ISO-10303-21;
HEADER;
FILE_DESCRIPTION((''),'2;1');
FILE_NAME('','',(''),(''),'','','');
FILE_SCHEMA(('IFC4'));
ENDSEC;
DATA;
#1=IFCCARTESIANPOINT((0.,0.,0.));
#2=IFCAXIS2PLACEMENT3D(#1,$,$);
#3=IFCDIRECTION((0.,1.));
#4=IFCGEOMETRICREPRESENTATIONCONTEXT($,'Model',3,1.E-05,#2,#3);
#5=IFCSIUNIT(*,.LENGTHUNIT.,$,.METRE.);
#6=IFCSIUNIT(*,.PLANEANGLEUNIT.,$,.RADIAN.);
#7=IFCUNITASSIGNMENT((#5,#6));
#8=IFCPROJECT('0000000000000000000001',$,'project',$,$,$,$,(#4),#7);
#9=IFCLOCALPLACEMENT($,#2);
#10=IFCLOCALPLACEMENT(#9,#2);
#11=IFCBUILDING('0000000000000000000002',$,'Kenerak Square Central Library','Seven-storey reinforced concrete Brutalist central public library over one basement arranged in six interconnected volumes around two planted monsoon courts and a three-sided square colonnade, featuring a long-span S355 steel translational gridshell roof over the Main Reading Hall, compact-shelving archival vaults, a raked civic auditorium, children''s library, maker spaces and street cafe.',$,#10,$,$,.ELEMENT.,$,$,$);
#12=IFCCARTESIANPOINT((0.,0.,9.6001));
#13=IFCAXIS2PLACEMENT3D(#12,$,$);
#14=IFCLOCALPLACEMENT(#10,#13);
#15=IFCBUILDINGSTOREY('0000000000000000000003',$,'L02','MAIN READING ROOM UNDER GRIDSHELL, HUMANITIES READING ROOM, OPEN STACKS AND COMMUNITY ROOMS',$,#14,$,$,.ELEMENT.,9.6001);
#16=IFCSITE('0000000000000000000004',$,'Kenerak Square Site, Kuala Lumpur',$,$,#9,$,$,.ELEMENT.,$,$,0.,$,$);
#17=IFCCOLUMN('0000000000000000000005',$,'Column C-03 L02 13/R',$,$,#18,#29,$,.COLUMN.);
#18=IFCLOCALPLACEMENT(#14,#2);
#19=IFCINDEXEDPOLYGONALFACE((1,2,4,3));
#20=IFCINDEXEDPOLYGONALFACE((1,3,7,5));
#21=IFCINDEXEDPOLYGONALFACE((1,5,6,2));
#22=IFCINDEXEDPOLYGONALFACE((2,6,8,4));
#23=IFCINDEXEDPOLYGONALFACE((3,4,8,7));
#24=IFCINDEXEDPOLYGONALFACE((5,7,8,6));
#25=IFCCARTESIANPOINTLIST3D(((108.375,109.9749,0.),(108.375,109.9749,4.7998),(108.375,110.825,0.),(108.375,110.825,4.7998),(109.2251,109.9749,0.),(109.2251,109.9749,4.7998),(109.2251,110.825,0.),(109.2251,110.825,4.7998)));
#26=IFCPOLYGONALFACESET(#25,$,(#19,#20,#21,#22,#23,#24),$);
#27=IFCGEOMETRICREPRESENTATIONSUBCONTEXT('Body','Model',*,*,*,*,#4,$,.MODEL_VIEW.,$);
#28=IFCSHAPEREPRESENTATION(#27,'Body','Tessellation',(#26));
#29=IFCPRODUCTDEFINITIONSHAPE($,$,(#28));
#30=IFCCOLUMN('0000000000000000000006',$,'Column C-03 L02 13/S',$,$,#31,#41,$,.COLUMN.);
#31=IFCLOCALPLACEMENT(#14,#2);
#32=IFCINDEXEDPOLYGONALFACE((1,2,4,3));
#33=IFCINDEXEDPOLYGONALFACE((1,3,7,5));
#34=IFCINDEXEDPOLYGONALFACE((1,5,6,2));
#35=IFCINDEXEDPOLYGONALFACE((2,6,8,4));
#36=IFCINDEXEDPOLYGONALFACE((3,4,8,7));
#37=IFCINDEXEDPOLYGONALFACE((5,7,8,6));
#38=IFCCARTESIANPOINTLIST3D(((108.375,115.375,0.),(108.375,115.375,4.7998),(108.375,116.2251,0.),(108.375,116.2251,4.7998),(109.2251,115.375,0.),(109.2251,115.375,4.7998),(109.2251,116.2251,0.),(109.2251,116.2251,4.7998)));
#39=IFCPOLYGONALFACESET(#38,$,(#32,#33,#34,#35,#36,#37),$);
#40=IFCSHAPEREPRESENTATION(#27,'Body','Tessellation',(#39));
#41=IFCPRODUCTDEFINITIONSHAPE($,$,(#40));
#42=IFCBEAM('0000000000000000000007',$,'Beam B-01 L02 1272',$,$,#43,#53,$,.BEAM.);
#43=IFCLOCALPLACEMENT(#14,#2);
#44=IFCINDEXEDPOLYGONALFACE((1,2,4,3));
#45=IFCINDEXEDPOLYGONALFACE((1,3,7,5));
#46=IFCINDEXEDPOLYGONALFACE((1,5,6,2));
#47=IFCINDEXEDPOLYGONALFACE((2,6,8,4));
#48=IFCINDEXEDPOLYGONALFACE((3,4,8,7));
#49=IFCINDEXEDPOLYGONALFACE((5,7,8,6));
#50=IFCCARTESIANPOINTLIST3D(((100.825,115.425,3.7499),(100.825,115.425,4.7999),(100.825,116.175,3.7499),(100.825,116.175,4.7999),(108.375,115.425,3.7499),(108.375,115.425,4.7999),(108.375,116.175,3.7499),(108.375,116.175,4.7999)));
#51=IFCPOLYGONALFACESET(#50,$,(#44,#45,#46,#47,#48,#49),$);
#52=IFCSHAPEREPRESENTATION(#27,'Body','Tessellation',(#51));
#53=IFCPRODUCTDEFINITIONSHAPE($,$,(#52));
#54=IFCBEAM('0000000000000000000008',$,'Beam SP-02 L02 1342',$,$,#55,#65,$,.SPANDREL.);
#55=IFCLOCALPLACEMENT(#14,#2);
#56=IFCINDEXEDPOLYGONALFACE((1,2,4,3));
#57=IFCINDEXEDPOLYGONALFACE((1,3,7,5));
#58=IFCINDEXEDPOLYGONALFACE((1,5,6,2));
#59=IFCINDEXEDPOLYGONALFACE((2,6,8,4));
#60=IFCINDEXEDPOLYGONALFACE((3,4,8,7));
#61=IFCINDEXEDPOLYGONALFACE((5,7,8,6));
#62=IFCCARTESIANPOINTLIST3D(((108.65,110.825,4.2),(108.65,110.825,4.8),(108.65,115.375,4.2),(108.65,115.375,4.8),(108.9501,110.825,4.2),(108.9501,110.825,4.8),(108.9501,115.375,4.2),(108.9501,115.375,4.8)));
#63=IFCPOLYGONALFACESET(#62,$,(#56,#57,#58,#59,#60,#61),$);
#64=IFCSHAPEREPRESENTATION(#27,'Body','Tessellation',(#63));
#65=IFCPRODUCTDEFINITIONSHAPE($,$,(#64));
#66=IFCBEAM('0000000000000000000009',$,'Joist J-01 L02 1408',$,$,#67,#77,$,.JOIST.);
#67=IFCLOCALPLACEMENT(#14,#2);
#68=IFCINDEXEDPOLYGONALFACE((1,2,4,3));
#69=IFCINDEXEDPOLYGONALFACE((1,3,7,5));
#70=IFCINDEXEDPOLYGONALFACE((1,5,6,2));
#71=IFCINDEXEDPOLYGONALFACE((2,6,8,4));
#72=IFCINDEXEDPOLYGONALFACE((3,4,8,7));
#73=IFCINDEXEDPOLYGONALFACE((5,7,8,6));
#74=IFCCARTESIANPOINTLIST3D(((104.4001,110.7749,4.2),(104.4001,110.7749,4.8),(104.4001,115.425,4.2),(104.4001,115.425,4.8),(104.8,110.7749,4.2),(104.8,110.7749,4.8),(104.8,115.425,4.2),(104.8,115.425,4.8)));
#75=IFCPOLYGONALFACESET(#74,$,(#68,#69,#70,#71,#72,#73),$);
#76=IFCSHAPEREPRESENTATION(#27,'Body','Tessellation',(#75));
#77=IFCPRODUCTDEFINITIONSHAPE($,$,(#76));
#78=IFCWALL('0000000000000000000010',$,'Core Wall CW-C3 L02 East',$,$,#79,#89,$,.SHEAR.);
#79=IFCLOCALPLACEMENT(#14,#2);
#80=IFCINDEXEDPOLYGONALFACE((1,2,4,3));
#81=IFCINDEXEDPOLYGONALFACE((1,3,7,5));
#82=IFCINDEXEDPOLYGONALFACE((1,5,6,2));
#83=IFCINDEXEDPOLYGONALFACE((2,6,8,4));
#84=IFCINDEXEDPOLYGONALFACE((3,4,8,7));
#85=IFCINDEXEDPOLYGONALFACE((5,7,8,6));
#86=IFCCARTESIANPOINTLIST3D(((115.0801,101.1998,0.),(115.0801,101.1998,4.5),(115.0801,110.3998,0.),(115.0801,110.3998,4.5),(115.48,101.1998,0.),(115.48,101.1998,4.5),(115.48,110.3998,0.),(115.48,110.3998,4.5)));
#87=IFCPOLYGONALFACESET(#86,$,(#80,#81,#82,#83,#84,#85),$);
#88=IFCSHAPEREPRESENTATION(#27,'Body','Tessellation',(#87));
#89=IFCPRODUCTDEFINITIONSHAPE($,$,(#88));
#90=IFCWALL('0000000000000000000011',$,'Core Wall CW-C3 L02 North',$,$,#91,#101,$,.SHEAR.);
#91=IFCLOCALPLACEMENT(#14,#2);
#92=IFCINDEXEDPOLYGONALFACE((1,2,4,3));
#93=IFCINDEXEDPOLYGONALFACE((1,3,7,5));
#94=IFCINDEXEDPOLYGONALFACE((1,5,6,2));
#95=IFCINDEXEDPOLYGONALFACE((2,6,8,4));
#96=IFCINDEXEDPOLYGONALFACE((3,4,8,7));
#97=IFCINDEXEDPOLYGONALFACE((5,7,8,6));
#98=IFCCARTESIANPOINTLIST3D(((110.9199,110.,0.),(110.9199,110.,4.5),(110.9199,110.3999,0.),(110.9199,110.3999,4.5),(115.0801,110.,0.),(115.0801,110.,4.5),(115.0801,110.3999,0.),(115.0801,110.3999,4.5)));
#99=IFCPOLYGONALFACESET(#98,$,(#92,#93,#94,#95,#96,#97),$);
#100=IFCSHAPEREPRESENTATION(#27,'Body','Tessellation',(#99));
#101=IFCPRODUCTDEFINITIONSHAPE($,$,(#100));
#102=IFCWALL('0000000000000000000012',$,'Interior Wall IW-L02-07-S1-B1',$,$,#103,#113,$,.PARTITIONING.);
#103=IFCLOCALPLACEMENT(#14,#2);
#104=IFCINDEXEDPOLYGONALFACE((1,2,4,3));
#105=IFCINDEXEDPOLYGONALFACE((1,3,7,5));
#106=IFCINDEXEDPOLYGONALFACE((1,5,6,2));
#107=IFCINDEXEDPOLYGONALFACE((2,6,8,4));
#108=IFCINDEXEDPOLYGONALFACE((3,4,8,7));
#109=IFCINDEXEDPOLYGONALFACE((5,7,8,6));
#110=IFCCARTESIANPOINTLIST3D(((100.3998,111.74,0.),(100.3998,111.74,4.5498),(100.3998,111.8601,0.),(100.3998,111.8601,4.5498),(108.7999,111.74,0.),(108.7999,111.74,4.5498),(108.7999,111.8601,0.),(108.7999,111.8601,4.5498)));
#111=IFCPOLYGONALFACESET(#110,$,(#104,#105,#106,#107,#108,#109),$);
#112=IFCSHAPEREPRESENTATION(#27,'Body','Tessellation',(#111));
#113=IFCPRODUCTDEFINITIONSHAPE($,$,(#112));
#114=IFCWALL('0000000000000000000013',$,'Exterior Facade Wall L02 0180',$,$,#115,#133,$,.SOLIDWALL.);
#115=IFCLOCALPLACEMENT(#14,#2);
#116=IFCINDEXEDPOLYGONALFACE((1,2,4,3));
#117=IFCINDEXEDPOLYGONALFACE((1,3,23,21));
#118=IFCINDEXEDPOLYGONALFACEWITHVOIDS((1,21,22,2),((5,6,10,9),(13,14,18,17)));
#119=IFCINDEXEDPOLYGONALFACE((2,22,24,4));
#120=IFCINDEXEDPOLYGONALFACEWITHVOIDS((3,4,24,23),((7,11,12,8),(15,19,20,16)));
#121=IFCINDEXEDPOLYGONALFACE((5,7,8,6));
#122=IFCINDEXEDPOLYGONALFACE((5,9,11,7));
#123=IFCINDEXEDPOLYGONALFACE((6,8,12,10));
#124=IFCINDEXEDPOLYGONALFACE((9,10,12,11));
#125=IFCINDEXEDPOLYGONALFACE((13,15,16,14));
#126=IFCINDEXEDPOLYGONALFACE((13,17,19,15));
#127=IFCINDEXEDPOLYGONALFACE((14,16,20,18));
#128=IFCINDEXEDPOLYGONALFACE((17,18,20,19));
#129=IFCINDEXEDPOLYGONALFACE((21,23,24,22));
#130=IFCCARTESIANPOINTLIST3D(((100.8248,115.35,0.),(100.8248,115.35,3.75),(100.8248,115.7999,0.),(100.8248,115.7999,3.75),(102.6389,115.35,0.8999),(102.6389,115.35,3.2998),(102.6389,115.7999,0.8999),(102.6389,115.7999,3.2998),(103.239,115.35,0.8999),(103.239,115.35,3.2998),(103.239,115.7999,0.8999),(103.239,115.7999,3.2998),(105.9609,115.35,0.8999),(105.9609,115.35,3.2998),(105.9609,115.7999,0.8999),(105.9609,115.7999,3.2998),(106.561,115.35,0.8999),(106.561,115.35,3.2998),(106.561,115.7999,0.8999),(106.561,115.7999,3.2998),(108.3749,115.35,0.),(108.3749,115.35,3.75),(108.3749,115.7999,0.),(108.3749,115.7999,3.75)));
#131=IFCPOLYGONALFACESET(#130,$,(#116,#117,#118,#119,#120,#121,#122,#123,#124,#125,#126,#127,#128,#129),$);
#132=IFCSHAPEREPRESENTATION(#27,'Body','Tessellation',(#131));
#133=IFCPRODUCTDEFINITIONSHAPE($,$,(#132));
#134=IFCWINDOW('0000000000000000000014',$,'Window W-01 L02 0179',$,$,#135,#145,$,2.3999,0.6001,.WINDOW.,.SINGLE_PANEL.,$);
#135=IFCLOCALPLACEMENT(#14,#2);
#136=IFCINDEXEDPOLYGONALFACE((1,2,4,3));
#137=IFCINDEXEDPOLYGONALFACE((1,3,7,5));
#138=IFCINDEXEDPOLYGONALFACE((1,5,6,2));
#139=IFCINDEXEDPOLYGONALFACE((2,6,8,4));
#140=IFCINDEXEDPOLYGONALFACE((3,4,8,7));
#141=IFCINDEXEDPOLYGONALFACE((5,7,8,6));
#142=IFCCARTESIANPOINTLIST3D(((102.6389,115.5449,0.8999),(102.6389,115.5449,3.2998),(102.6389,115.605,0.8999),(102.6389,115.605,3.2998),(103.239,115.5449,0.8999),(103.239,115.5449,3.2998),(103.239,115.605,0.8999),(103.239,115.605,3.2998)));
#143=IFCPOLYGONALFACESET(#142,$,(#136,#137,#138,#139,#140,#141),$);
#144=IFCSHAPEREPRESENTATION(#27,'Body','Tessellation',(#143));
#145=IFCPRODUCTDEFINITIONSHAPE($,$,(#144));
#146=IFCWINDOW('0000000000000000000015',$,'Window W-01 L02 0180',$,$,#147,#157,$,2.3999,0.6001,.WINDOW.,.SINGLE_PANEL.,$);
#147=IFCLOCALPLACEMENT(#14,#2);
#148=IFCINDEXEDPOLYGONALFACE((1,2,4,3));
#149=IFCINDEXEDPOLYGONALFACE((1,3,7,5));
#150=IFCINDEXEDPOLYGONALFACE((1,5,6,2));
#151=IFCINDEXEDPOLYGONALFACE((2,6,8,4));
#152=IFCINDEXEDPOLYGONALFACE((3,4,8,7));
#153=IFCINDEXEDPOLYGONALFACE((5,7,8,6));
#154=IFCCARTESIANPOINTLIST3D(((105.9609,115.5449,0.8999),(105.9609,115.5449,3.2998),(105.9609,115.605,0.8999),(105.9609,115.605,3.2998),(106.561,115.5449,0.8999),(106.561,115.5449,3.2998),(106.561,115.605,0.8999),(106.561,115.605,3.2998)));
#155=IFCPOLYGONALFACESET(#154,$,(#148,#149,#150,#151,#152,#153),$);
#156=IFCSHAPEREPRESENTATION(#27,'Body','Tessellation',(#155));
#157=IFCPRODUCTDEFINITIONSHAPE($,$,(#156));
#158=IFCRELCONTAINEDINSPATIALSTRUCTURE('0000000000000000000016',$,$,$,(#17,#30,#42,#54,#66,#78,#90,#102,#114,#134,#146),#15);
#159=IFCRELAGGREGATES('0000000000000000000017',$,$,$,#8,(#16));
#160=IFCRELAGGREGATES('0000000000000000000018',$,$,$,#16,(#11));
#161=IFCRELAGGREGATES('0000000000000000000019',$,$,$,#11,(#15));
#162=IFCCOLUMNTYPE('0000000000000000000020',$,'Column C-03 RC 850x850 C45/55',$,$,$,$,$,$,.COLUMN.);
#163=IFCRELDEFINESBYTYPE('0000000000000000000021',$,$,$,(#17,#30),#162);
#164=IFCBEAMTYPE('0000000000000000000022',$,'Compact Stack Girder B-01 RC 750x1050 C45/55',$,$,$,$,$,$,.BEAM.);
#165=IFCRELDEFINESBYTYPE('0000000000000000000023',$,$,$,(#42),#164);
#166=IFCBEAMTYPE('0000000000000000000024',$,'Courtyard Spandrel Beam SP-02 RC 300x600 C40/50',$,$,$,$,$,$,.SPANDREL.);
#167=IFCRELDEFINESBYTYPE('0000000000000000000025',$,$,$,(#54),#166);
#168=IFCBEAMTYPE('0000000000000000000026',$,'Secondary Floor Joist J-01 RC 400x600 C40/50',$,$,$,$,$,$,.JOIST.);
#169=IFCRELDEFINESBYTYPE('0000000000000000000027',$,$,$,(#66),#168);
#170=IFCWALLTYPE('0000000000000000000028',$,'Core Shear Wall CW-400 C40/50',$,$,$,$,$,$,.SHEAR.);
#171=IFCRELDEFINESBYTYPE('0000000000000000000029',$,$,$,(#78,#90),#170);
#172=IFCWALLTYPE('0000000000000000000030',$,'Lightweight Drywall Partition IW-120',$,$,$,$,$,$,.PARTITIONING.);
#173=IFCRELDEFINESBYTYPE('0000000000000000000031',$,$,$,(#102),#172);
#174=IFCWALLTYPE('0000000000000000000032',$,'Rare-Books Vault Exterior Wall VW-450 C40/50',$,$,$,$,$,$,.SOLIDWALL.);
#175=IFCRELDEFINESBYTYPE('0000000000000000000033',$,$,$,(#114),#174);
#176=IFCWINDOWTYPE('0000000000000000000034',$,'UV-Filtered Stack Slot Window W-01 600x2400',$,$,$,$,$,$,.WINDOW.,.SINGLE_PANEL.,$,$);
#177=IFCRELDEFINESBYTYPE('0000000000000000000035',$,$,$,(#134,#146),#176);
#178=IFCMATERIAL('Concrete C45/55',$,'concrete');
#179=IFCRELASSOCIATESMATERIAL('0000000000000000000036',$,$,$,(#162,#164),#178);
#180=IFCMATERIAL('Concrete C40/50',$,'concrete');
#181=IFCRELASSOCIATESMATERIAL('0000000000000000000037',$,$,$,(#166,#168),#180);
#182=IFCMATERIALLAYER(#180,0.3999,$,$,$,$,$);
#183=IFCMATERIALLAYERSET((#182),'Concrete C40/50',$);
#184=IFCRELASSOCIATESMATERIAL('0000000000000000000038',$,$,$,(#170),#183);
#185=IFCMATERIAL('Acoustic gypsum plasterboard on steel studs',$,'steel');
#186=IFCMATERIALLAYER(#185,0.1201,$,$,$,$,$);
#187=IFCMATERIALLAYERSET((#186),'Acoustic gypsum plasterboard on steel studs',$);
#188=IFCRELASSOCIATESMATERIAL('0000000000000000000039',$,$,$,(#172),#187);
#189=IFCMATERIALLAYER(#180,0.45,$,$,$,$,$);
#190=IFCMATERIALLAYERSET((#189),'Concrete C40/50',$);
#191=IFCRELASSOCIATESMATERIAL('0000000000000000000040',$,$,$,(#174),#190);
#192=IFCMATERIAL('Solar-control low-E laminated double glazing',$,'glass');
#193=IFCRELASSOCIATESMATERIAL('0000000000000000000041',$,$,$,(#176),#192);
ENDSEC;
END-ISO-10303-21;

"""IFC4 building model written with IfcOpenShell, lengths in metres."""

from ifc_helpers import new_model, si_unit, direction, frame, frame_2d, origin, origin_2d, place, context, subcontext, project, spatial, rectangle, extrude, material, layer, layer_set, material_profile, profile_set, type_object, element, fill, save


model = new_model("IFC4")

# Units and contexts
model_context = context("Model", 3, precision=1e-05, world=origin(), true_north=direction((0.0, 1.0)))
body_context = subcontext(model_context, "Body", "Model", "MODEL_VIEW")
ifc_project = project(units=[si_unit("LENGTHUNIT", "METRE"), si_unit("PLANEANGLEUNIT", "RADIAN")], contexts=[model_context])

# Site, building, storey
site_placement = place(None, origin())
site = spatial("IfcSite", under=ifc_project, at=site_placement, Name="Kenerak Square Site, Kuala Lumpur", CompositionType="ELEMENT", RefElevation=0.0)
building_placement = place(site_placement, origin())
building = spatial("IfcBuilding", under=site, at=building_placement, Name="Kenerak Square Central Library", Description="Seven-storey reinforced concrete Brutalist central public library over one basement arranged in six interconnected volumes around two planted monsoon courts and a three-sided square colonnade, featuring a long-span S355 steel translational gridshell roof over the Main Reading Hall, compact-shelving archival vaults, a raked civic auditorium, children's library, maker spaces and street cafe.", CompositionType="ELEMENT")
storey_placement = place(building_placement, frame((0.0, 0.0, 9.6001)))
storey = spatial("IfcBuildingStorey", under=building, at=storey_placement, Name="L02", Description="MAIN READING ROOM UNDER GRIDSHELL, HUMANITIES READING ROOM, OPEN STACKS AND COMMUNITY ROOMS", CompositionType="ELEMENT", Elevation=9.6001)

# Columns
ifc_material_1 = material(Name="Concrete C45/55", Category="concrete")
ifc_material_profile_1 = material_profile(ifc_material_1, rectangle(XDim=0.8501, YDim=0.8501, at=origin_2d()), Name="RC 850x850")
ifc_profile_set_1 = profile_set([ifc_material_profile_1], Name="Concrete C45/55")
column_type = type_object("IfcColumnType", Name="Column C-03 RC 850x850 C45/55", PredefinedType="COLUMN", material=ifc_profile_set_1)
for number, where, z_axis, x_axis, name in (
    (1, (108.8, 110.3999, 0.0), (0.0, 0.0, 1.0), (1.0, 0.0, 0.0), "Column C-03 L02 13/R"),
    (2, (108.8, 115.8, 0.0), (0.0, 0.0, 1.0), (1.0, 0.0, 0.0), "Column C-03 L02 13/S"),
):
    element("IfcColumn", number, at=place(storey_placement, frame(where, z_axis=z_axis, x_axis=x_axis)), inside=storey, type_object=column_type, Name=name, PredefinedType="COLUMN", context=body_context, shape_type="SweptSolid", body=[
        extrude(rectangle(XDim=0.8501, YDim=0.8501, at=origin_2d()), origin(), (0.0, 0.0, 1.0), 4.7998),
    ])

# Beams
ifc_material_profile_2 = material_profile(ifc_material_1, rectangle(XDim=0.75, YDim=1.05, at=origin_2d()), Name="RC 750x1050")
ifc_profile_set_2 = profile_set([ifc_material_profile_2], Name="Concrete C45/55")
beam_type_1 = type_object("IfcBeamType", Name="Compact Stack Girder B-01 RC 750x1050 C45/55", PredefinedType="BEAM", material=ifc_profile_set_2)
beam_1_placement = place(storey_placement, frame((100.825, 115.8, 4.2749), z_axis=(1.0, 0.0, 0.0), x_axis=(0.0, 1.0, 0.0)))
element("IfcBeam", 3, at=beam_1_placement, inside=storey, type_object=beam_type_1, Name="Beam B-01 L02 1272", PredefinedType="BEAM", context=body_context, shape_type="SweptSolid", body=[
    extrude(rectangle(XDim=0.75, YDim=1.05, at=origin_2d()), origin(), (0.0, 0.0, 1.0), 7.55),
])
ifc_material_2 = material(Name="Concrete C40/50", Category="concrete")
ifc_material_profile_3 = material_profile(ifc_material_2, rectangle(XDim=0.3, YDim=0.6001, at=origin_2d()), Name="RC 300x600")
ifc_profile_set_3 = profile_set([ifc_material_profile_3], Name="Concrete C40/50")
beam_type_2 = type_object("IfcBeamType", Name="Courtyard Spandrel Beam SP-02 RC 300x600 C40/50", PredefinedType="SPANDREL", material=ifc_profile_set_3)
beam_2_placement = place(storey_placement, frame((108.8, 110.825, 4.5), z_axis=(0.0, 1.0, 0.0), x_axis=(-1.0, 0.0, 0.0)))
element("IfcBeam", 4, at=beam_2_placement, inside=storey, type_object=beam_type_2, Name="Beam SP-02 L02 1342", PredefinedType="SPANDREL", context=body_context, shape_type="SweptSolid", body=[
    extrude(rectangle(XDim=0.3, YDim=0.6001, at=origin_2d()), origin(), (0.0, 0.0, 1.0), 4.55),
])
ifc_material_profile_4 = material_profile(ifc_material_2, rectangle(XDim=0.3999, YDim=0.6001, at=origin_2d()), Name="RC 400x600")
ifc_profile_set_4 = profile_set([ifc_material_profile_4], Name="Concrete C40/50")
beam_type_3 = type_object("IfcBeamType", Name="Secondary Floor Joist J-01 RC 400x600 C40/50", PredefinedType="JOIST", material=ifc_profile_set_4)
beam_3_placement = place(storey_placement, frame((104.6001, 110.7749, 4.5), z_axis=(0.0, 1.0, 0.0), x_axis=(-1.0, 0.0, 0.0)))
element("IfcBeam", 5, at=beam_3_placement, inside=storey, type_object=beam_type_3, Name="Joist J-01 L02 1408", PredefinedType="JOIST", context=body_context, shape_type="SweptSolid", body=[
    extrude(rectangle(XDim=0.3999, YDim=0.6001, at=origin_2d()), origin(), (0.0, 0.0, 1.0), 4.6501),
])

# Walls
ifc_layer_1 = layer(ifc_material_2, 0.3999)
ifc_layer_set_1 = layer_set([ifc_layer_1], Name="Concrete C40/50")
wall_type_1 = type_object("IfcWallType", Name="Core Shear Wall CW-400 C40/50", PredefinedType="SHEAR", material=ifc_layer_set_1)
wall_1_placement = place(storey_placement, frame((115.28, 110.3999, 0.0), z_axis=(0.0, 0.0, 1.0), x_axis=(0.0, -1.0, 0.0)))
element("IfcWall", 6, at=wall_1_placement, inside=storey, type_object=wall_type_1, Name="Core Wall CW-C3 L02 East", PredefinedType="SHEAR", context=body_context, shape_type="SweptSolid", body=[
    extrude(rectangle(XDim=9.2, YDim=0.3999, at=frame_2d((4.6001, 0.0))), origin(), (0.0, 0.0, 1.0), 4.5),
])
wall_2_placement = place(storey_placement, frame((110.9199, 110.2, 0.0), z_axis=(0.0, 0.0, 1.0), x_axis=(1.0, 0.0, 0.0)))
element("IfcWall", 7, at=wall_2_placement, inside=storey, type_object=wall_type_1, Name="Core Wall CW-C3 L02 North", PredefinedType="SHEAR", context=body_context, shape_type="SweptSolid", body=[
    extrude(rectangle(XDim=4.1602, YDim=0.3999, at=frame_2d((2.0801, 0.0))), origin(), (0.0, 0.0, 1.0), 4.5),
])
ifc_material_3 = material(Name="Acoustic gypsum plasterboard on steel studs", Category="steel")
ifc_layer_2 = layer(ifc_material_3, 0.1201)
ifc_layer_set_2 = layer_set([ifc_layer_2], Name="Acoustic gypsum plasterboard on steel studs")
wall_type_2 = type_object("IfcWallType", Name="Lightweight Drywall Partition IW-120", PredefinedType="PARTITIONING", material=ifc_layer_set_2)
wall_3_placement = place(storey_placement, frame((108.8, 111.8, 0.0), z_axis=(0.0, 0.0, 1.0), x_axis=(-1.0, 0.0, 0.0)))
element("IfcWall", 8, at=wall_3_placement, inside=storey, type_object=wall_type_2, Name="Interior Wall IW-L02-07-S1-B1", PredefinedType="PARTITIONING", context=body_context, shape_type="SweptSolid", body=[
    extrude(rectangle(XDim=8.4001, YDim=0.1201, at=frame_2d((4.2002, 0.0))), origin(), (0.0, 0.0, 1.0), 4.5498),
])

# Wall, openings, windows
ifc_layer_3 = layer(ifc_material_2, 0.45)
ifc_layer_set_3 = layer_set([ifc_layer_3], Name="Concrete C40/50")
wall_type_3 = type_object("IfcWallType", Name="Rare-Books Vault Exterior Wall VW-450 C40/50", PredefinedType="SOLIDWALL", material=ifc_layer_set_3)
wall_4_placement = place(storey_placement, frame((100.825, 115.575, 0.0), z_axis=(0.0, 0.0, 1.0), x_axis=(1.0, 0.0, 0.0)))
wall_4 = element("IfcWall", 9, at=wall_4_placement, inside=storey, type_object=wall_type_3, Name="Exterior Facade Wall L02 0180", PredefinedType="SOLIDWALL", context=body_context, shape_type="SweptSolid", body=[
    extrude(rectangle(XDim=7.55, YDim=0.45, at=frame_2d((3.7749, 0.0))), origin(), (0.0, 0.0, 1.0), 3.75),
])
opening_1_placement = place(wall_4_placement, frame((1.814, 0.0, 0.8999)))
opening_1 = element("IfcOpeningElement", 10, at=opening_1_placement, cuts=wall_4, PredefinedType="OPENING", context=body_context, shape_type="SweptSolid", body=[
    extrude(rectangle(XDim=0.6001, YDim=2.3999, at=frame_2d((0.3, 1.2))), frame((0.0, 0.2349, 0.0), z_axis=(0.0, -1.0, 0.0), x_axis=(1.0, 0.0, 0.0)), (0.0, 0.0, 1.0), 0.47),
])
opening_2_placement = place(wall_4_placement, frame((5.136, 0.0, 0.8999)))
opening_2 = element("IfcOpeningElement", 11, at=opening_2_placement, cuts=wall_4, PredefinedType="OPENING", context=body_context, shape_type="SweptSolid", body=[
    extrude(rectangle(XDim=0.6001, YDim=2.3999, at=frame_2d((0.3, 1.2))), frame((0.0, 0.2349, 0.0), z_axis=(0.0, -1.0, 0.0), x_axis=(1.0, 0.0, 0.0)), (0.0, 0.0, 1.0), 0.47),
])
ifc_material_4 = material(Name="Solar-control low-E laminated double glazing", Category="glass")
window_type = type_object("IfcWindowType", Name="UV-Filtered Stack Slot Window W-01 600x2400", PartitioningType="SINGLE_PANEL", PredefinedType="WINDOW", material=ifc_material_4)
window_1_placement = place(opening_1_placement, origin())
window_1 = element("IfcWindow", 12, at=window_1_placement, inside=storey, type_object=window_type, Name="Window W-01 L02 0179", OverallHeight=2.3999, OverallWidth=0.6001, PartitioningType="SINGLE_PANEL", PredefinedType="WINDOW", context=body_context, shape_type="SweptSolid", body=[
    extrude(rectangle(XDim=0.6001, YDim=2.3999, at=frame_2d((0.3, 1.2))), frame((0.0, 0.03, 0.0), z_axis=(0.0, -1.0, 0.0), x_axis=(1.0, 0.0, 0.0)), (0.0, 0.0, 1.0), 0.0601),
])
fill(opening_1, window_1)
window_2_placement = place(opening_2_placement, origin())
window_2 = element("IfcWindow", 13, at=window_2_placement, inside=storey, type_object=window_type, Name="Window W-01 L02 0180", OverallHeight=2.3999, OverallWidth=0.6001, PartitioningType="SINGLE_PANEL", PredefinedType="WINDOW", context=body_context, shape_type="SweptSolid", body=[
    extrude(rectangle(XDim=0.6001, YDim=2.3999, at=frame_2d((0.3, 1.2))), frame((0.0, 0.03, 0.0), z_axis=(0.0, -1.0, 0.0), x_axis=(1.0, 0.0, 0.0)), (0.0, 0.0, 1.0), 0.0601),
])
fill(opening_2, window_2)

save(model, "model.ifc")
